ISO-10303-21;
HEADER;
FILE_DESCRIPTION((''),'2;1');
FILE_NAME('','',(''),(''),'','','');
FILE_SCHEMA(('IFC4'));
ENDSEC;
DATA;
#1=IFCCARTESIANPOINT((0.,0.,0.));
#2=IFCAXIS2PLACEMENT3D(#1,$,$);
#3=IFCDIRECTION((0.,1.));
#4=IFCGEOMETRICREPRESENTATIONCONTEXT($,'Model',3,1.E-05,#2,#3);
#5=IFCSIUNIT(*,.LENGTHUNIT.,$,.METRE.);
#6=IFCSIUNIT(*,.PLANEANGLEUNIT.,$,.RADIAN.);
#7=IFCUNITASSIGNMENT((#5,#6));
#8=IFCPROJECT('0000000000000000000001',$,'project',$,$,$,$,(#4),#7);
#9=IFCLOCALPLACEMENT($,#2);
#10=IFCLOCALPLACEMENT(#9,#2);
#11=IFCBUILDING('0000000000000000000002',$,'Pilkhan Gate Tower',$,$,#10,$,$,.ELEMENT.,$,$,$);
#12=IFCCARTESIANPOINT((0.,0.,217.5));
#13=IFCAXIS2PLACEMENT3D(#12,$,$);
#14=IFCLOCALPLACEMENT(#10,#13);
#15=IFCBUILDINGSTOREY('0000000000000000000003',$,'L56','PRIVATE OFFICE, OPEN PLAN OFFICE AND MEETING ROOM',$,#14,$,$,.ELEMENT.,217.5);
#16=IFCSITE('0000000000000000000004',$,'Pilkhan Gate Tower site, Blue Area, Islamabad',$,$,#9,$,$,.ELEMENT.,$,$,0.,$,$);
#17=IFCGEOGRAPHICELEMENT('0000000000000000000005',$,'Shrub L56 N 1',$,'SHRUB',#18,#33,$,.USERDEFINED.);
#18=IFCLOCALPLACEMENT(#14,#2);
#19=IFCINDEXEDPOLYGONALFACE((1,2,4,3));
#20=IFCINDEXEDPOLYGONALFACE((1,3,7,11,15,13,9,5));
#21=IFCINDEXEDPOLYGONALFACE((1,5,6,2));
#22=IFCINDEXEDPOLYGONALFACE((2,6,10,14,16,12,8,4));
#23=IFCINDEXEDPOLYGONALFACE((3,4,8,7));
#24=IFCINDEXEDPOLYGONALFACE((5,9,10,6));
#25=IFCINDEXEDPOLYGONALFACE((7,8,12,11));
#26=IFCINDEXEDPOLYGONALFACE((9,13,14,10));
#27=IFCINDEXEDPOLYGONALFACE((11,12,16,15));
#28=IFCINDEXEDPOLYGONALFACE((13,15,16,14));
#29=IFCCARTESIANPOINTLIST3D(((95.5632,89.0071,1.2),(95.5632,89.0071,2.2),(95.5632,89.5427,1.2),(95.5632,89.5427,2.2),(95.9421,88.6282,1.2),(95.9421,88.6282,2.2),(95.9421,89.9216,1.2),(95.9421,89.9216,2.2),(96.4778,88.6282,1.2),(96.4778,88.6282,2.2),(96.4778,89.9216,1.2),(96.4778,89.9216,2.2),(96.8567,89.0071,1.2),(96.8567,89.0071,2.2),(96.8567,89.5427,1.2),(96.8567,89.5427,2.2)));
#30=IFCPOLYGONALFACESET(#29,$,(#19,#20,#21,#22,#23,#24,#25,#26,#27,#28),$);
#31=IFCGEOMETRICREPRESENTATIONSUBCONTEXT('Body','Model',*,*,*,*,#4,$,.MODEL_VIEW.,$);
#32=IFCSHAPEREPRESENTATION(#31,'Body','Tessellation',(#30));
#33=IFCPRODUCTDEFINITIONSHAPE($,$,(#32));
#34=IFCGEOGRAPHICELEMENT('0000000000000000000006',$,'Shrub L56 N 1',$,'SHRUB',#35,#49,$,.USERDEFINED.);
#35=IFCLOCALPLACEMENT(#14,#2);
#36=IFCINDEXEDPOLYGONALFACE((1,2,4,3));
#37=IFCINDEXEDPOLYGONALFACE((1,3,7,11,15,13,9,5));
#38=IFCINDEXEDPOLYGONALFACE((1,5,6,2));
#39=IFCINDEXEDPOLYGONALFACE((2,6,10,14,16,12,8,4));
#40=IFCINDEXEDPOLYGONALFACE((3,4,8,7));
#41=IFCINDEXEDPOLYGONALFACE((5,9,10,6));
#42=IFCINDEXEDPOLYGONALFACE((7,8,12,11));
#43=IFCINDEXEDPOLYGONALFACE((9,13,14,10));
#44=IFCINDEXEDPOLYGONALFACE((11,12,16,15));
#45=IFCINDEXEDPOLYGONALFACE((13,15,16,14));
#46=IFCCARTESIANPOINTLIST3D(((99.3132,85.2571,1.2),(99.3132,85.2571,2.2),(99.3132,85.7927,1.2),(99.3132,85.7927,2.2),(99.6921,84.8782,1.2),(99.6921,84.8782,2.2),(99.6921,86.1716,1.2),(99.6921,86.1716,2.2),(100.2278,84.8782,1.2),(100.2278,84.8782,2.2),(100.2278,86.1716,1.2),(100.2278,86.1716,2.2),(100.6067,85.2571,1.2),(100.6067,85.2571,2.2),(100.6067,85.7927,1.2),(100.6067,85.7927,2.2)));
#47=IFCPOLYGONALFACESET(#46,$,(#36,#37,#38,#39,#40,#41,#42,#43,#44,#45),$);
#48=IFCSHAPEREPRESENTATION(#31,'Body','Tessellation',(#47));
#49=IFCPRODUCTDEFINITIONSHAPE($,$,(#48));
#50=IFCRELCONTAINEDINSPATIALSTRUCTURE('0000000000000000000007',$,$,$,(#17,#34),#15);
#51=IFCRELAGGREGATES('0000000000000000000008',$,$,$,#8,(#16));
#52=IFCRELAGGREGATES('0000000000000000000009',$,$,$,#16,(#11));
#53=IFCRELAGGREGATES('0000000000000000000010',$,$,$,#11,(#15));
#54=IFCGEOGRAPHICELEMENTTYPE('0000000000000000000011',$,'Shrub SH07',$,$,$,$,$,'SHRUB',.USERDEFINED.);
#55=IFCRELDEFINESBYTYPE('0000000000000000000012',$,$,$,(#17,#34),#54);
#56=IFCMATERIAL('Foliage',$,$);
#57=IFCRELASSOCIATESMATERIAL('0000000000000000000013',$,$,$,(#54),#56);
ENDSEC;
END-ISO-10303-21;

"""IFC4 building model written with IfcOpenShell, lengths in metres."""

from ifc_helpers import new_model, si_unit, direction, frame, origin, place, context, subcontext, project, spatial, polyline, outline, extrude, material, material_profile, profile_set, type_object, element, save


model = new_model("IFC4")

# Units and contexts
model_context = context("Model", 3, precision=1e-05, world=origin(), true_north=direction((0.0, 1.0)))
body_context = subcontext(model_context, "Body", "Model", "MODEL_VIEW")
ifc_project = project(units=[si_unit("LENGTHUNIT", "METRE"), si_unit("PLANEANGLEUNIT", "RADIAN")], contexts=[model_context])

# Site, building, storey
site_placement = place(None, origin())
site = spatial("IfcSite", under=ifc_project, at=site_placement, Name="Pilkhan Gate Tower site, Blue Area, Islamabad", CompositionType="ELEMENT", RefElevation=0.0)
building_placement = place(site_placement, origin())
building = spatial("IfcBuilding", under=site, at=building_placement, Name="Pilkhan Gate Tower", CompositionType="ELEMENT")
storey_placement = place(building_placement, frame((0.0, 0.0, 217.5)))
storey = spatial("IfcBuildingStorey", under=building, at=storey_placement, Name="L56", Description="PRIVATE OFFICE, OPEN PLAN OFFICE AND MEETING ROOM", CompositionType="ELEMENT", Elevation=217.5)

# Geographic elements
ifc_material_1 = material(Name="Foliage")
ifc_material_profile_1 = material_profile(ifc_material_1, outline(polyline([(0.6467, 0.2678), (0.2678, 0.6467), (-0.2678, 0.6467), (-0.6467, 0.2678), (-0.6467, -0.2678), (-0.2678, -0.6467), (0.2678, -0.6467), (0.6467, -0.2678), (0.6467, 0.2678)])), Name="Shrub D1.4")
ifc_profile_set_1 = profile_set([ifc_material_profile_1], Name="Foliage")
geographic_element_type_1 = type_object("IfcGeographicElementType", Name="Shrub SH07", ElementType="SHRUB", PredefinedType="USERDEFINED", material=ifc_profile_set_1)
for number, where, z_axis, x_axis, name in (
    (1, (96.21, 89.2749, 1.2), (0.0, 0.0, 1.0), (1.0, 0.0, 0.0), "Shrub L56 N 1"),
    (2, (99.96, 85.5249, 1.2), (0.0, 0.0, 1.0), (1.0, 0.0, 0.0), "Shrub L56 N 1"),
):
    element("IfcGeographicElement", number, at=place(storey_placement, frame(where, z_axis=z_axis, x_axis=x_axis)), inside=storey, type_object=geographic_element_type_1, Name=name, ObjectType="SHRUB", PredefinedType="USERDEFINED", context=body_context, shape_type="SweptSolid", body=[
        extrude(outline(polyline([(0.6467, 0.2678), (0.2678, 0.6467), (-0.2678, 0.6467), (-0.6467, 0.2678), (-0.6467, -0.2678), (-0.2678, -0.6467), (0.2678, -0.6467), (0.6467, -0.2678), (0.6467, 0.2678)])), origin(), (0.0, 0.0, 1.0), 1.0),
    ])

save(model, "model.ifc")
